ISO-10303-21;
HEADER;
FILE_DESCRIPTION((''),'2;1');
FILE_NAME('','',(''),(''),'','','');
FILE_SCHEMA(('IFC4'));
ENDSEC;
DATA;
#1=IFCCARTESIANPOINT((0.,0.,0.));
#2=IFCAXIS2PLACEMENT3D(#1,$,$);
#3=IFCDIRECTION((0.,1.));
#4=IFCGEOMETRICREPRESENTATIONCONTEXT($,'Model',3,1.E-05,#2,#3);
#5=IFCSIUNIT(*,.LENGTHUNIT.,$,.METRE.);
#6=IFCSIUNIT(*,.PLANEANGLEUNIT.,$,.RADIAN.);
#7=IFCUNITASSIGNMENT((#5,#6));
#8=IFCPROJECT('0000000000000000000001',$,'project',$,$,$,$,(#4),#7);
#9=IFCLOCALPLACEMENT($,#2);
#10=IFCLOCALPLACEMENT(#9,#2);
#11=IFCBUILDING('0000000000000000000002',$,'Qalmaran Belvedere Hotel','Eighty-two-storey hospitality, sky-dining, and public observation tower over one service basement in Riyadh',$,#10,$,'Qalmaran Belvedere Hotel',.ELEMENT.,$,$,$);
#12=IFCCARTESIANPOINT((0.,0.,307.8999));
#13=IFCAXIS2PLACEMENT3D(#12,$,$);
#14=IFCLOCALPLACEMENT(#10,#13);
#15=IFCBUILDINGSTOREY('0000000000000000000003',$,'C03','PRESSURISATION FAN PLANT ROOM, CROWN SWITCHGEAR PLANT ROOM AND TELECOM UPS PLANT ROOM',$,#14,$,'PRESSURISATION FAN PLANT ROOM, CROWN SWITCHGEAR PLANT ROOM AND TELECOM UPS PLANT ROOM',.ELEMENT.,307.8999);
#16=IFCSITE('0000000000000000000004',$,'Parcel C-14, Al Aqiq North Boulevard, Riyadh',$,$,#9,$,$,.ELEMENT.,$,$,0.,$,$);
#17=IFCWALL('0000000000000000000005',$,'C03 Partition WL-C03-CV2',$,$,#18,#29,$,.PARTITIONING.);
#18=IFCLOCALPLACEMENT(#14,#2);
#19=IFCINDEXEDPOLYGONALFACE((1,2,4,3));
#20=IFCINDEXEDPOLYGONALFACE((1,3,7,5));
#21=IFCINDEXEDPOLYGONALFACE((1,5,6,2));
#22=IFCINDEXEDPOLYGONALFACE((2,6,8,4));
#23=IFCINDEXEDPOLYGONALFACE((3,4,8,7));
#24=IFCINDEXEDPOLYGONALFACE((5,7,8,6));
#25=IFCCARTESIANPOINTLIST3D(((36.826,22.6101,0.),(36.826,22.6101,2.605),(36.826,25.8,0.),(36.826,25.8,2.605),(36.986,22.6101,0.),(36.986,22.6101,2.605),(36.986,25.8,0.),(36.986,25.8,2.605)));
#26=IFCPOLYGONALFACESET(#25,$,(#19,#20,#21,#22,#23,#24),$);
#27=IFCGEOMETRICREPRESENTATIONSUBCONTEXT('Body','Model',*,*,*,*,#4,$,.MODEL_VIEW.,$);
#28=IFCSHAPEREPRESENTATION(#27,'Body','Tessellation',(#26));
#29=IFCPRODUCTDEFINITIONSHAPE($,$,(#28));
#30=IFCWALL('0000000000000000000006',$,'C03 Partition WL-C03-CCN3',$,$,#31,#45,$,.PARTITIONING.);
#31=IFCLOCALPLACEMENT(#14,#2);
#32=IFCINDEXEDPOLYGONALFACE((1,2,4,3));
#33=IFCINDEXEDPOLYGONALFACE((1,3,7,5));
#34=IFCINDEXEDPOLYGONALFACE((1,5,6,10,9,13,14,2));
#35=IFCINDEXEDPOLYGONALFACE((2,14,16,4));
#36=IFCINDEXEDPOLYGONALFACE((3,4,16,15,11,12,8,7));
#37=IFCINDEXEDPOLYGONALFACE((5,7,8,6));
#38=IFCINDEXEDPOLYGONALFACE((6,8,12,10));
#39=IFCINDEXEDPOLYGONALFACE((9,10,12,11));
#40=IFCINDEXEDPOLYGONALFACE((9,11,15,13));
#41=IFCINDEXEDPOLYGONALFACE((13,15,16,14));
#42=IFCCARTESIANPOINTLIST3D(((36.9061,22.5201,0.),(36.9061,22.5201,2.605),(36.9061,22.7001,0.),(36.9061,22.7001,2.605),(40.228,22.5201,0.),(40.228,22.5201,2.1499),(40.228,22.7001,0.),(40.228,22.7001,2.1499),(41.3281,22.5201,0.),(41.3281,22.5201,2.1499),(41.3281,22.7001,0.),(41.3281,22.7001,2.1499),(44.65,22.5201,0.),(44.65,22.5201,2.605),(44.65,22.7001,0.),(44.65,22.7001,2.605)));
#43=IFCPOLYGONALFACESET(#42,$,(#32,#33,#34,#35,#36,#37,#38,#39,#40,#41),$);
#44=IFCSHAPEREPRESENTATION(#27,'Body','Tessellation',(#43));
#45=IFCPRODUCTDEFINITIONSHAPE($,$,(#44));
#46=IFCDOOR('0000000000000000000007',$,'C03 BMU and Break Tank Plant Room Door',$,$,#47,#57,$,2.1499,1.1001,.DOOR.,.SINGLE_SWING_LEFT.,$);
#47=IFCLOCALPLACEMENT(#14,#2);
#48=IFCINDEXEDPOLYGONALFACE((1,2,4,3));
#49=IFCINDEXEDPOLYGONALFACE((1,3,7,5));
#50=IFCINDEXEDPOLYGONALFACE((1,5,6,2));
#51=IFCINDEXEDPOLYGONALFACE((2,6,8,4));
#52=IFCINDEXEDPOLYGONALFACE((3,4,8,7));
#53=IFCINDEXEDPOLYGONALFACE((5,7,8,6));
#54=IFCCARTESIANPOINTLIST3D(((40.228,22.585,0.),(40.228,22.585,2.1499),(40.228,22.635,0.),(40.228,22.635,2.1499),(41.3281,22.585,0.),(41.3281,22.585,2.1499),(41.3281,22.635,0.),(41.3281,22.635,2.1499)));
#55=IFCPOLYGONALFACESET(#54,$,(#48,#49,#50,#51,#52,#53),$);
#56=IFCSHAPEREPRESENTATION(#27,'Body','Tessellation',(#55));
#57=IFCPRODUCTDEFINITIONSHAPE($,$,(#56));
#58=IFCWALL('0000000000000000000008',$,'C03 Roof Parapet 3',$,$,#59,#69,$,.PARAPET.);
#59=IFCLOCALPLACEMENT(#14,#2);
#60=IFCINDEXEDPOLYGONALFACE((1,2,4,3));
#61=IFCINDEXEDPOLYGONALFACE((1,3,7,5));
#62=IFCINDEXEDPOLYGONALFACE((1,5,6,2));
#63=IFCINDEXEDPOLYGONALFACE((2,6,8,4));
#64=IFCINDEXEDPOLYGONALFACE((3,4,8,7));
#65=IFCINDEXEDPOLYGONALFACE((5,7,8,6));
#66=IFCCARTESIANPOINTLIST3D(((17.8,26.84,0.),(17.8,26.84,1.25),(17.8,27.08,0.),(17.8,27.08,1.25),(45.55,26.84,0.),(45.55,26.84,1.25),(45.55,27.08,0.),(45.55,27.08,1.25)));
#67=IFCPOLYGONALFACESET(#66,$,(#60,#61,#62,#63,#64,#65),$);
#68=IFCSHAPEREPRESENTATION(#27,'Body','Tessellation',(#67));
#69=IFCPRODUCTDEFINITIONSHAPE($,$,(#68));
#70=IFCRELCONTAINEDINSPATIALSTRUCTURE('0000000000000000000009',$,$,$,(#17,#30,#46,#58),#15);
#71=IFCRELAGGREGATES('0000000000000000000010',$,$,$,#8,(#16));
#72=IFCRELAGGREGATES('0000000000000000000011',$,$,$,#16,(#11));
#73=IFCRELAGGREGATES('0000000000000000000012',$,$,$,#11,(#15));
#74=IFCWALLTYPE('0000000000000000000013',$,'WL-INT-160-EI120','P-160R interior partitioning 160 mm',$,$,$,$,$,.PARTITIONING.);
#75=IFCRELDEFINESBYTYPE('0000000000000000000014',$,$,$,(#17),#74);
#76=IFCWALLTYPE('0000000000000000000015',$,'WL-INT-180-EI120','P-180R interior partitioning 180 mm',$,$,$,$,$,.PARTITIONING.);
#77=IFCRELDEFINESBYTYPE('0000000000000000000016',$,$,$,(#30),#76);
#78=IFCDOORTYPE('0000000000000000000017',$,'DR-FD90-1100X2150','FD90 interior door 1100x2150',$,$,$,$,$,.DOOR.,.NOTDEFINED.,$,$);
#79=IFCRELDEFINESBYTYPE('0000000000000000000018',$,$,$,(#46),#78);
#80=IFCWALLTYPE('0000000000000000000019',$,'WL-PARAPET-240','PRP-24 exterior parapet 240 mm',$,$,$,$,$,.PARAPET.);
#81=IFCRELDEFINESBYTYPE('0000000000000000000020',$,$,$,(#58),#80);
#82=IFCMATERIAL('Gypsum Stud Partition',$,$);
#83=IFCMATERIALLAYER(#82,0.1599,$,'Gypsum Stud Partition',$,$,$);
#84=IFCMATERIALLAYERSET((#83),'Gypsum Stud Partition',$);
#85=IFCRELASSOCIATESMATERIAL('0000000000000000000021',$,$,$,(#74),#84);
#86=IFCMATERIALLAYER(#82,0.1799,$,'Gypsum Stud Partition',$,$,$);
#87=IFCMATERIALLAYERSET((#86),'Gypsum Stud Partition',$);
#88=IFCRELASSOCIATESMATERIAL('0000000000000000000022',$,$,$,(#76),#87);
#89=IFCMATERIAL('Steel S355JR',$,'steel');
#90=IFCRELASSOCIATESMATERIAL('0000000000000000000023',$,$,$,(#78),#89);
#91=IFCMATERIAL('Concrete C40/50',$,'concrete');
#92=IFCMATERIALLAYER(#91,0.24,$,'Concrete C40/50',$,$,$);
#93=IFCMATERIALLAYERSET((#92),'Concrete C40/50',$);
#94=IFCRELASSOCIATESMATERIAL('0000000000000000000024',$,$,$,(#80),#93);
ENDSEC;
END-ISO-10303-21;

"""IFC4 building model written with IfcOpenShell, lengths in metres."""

from ifc_helpers import new_model, si_unit, direction, frame, frame_2d, origin, place, context, subcontext, project, spatial, rectangle, extrude, material, layer, layer_set, type_object, element, fill, save


model = new_model("IFC4")

# Units and contexts
model_context = context("Model", 3, precision=1e-05, world=origin(), true_north=direction((0.0, 1.0)))
body_context = subcontext(model_context, "Body", "Model", "MODEL_VIEW")
ifc_project = project(units=[si_unit("LENGTHUNIT", "METRE"), si_unit("PLANEANGLEUNIT", "RADIAN")], contexts=[model_context])

# Site, building, storey
site_placement = place(None, origin())
site = spatial("IfcSite", under=ifc_project, at=site_placement, Name="Parcel C-14, Al Aqiq North Boulevard, Riyadh", CompositionType="ELEMENT", RefElevation=0.0)
building_placement = place(site_placement, origin())
building = spatial("IfcBuilding", under=site, at=building_placement, Name="Qalmaran Belvedere Hotel", Description="Eighty-two-storey hospitality, sky-dining, and public observation tower over one service basement in Riyadh", LongName="Qalmaran Belvedere Hotel", CompositionType="ELEMENT")
storey_placement = place(building_placement, frame((0.0, 0.0, 307.8999)))
storey = spatial("IfcBuildingStorey", under=building, at=storey_placement, Name="C03", Description="PRESSURISATION FAN PLANT ROOM, CROWN SWITCHGEAR PLANT ROOM AND TELECOM UPS PLANT ROOM", LongName="PRESSURISATION FAN PLANT ROOM, CROWN SWITCHGEAR PLANT ROOM AND TELECOM UPS PLANT ROOM", CompositionType="ELEMENT", Elevation=307.8999)

# Shared definitions
ifc_material_1 = material(Name="Steel S355JR", Category="steel")

# Shared definitions
ifc_material_2 = material(Name="Gypsum Stud Partition")
ifc_layer_1 = layer(ifc_material_2, 0.1599, Name="Gypsum Stud Partition")
ifc_layer_set_1 = layer_set([ifc_layer_1], Name="Gypsum Stud Partition")
wall_type_1 = type_object("IfcWallType", Name="WL-INT-160-EI120", Description="P-160R interior partitioning 160 mm", PredefinedType="PARTITIONING", material=ifc_layer_set_1)

# Wall
wall_1_placement = place(storey_placement, frame((36.906, 22.6101, 0.0), z_axis=(0.0, 0.0, 1.0), x_axis=(0.0, 1.0, 0.0)))
element("IfcWall", 1, at=wall_1_placement, inside=storey, type_object=wall_type_1, Name="C03 Partition WL-C03-CV2", PredefinedType="PARTITIONING", context=body_context, shape_type="SweptSolid", body=[
    extrude(rectangle(XDim=3.1899, YDim=0.1599, at=frame_2d((1.595, 0.0))), origin(), (0.0, 0.0, 1.0), 2.605),
])

# Wall, opening, door
ifc_layer_2 = layer(ifc_material_2, 0.1799, Name="Gypsum Stud Partition")
ifc_layer_set_2 = layer_set([ifc_layer_2], Name="Gypsum Stud Partition")
wall_type_2 = type_object("IfcWallType", Name="WL-INT-180-EI120", Description="P-180R interior partitioning 180 mm", PredefinedType="PARTITIONING", material=ifc_layer_set_2)
wall_2_placement = place(storey_placement, frame((36.906, 22.6101, 0.0), z_axis=(0.0, 0.0, 1.0), x_axis=(1.0, 0.0, 0.0)))
wall_2 = element("IfcWall", 2, at=wall_2_placement, inside=storey, type_object=wall_type_2, Name="C03 Partition WL-C03-CCN3", PredefinedType="PARTITIONING", context=body_context, shape_type="SweptSolid", body=[
    extrude(rectangle(XDim=7.7439, YDim=0.1799, at=frame_2d((3.8721, 0.0))), origin(), (0.0, 0.0, 1.0), 2.605),
])
opening_1_placement = place(wall_2_placement, frame((3.322, 0.0, 0.0)))
opening_1 = element("IfcOpeningElement", 3, at=opening_1_placement, cuts=wall_2, PredefinedType="OPENING", context=body_context, shape_type="SweptSolid", body=[
    extrude(rectangle(XDim=1.1001, YDim=2.1499, at=frame_2d((0.55, 1.075))), frame((0.0, 0.1001, 0.0), z_axis=(0.0, -1.0, 0.0), x_axis=(1.0, 0.0, 0.0)), (0.0, 0.0, 1.0), 0.2),
])
door_type_1 = type_object("IfcDoorType", Name="DR-FD90-1100X2150", Description="FD90 interior door 1100x2150", OperationType="NOTDEFINED", PredefinedType="DOOR", material=ifc_material_1)
door_1_placement = place(opening_1_placement, origin())
door_1 = element("IfcDoor", 4, at=door_1_placement, inside=storey, type_object=door_type_1, Name="C03 BMU and Break Tank Plant Room Door", OperationType="SINGLE_SWING_LEFT", OverallHeight=2.1499, OverallWidth=1.1001, PredefinedType="DOOR", context=body_context, shape_type="SweptSolid", body=[
    extrude(rectangle(XDim=1.1001, YDim=2.1499, at=frame_2d((0.55, 1.075))), frame((0.0, 0.0249, 0.0), z_axis=(0.0, -1.0, 0.0), x_axis=(1.0, 0.0, 0.0)), (0.0, 0.0, 1.0), 0.05),
])
fill(opening_1, door_1)

# Wall
ifc_material_3 = material(Name="Concrete C40/50", Category="concrete")
ifc_layer_3 = layer(ifc_material_3, 0.24, Name="Concrete C40/50")
ifc_layer_set_3 = layer_set([ifc_layer_3], Name="Concrete C40/50")
wall_type_3 = type_object("IfcWallType", Name="WL-PARAPET-240", Description="PRP-24 exterior parapet 240 mm", PredefinedType="PARAPET", material=ifc_layer_set_3)
wall_3_placement = place(storey_placement, frame((45.55, 26.96, 0.0), z_axis=(0.0, 0.0, 1.0), x_axis=(-1.0, 0.0, 0.0)))
element("IfcWall", 5, at=wall_3_placement, inside=storey, type_object=wall_type_3, Name="C03 Roof Parapet 3", PredefinedType="PARAPET", context=body_context, shape_type="SweptSolid", body=[
    extrude(rectangle(XDim=27.75, YDim=0.24, at=frame_2d((13.875, 0.0))), origin(), (0.0, 0.0, 1.0), 1.25),
])

save(model, "model.ifc")
